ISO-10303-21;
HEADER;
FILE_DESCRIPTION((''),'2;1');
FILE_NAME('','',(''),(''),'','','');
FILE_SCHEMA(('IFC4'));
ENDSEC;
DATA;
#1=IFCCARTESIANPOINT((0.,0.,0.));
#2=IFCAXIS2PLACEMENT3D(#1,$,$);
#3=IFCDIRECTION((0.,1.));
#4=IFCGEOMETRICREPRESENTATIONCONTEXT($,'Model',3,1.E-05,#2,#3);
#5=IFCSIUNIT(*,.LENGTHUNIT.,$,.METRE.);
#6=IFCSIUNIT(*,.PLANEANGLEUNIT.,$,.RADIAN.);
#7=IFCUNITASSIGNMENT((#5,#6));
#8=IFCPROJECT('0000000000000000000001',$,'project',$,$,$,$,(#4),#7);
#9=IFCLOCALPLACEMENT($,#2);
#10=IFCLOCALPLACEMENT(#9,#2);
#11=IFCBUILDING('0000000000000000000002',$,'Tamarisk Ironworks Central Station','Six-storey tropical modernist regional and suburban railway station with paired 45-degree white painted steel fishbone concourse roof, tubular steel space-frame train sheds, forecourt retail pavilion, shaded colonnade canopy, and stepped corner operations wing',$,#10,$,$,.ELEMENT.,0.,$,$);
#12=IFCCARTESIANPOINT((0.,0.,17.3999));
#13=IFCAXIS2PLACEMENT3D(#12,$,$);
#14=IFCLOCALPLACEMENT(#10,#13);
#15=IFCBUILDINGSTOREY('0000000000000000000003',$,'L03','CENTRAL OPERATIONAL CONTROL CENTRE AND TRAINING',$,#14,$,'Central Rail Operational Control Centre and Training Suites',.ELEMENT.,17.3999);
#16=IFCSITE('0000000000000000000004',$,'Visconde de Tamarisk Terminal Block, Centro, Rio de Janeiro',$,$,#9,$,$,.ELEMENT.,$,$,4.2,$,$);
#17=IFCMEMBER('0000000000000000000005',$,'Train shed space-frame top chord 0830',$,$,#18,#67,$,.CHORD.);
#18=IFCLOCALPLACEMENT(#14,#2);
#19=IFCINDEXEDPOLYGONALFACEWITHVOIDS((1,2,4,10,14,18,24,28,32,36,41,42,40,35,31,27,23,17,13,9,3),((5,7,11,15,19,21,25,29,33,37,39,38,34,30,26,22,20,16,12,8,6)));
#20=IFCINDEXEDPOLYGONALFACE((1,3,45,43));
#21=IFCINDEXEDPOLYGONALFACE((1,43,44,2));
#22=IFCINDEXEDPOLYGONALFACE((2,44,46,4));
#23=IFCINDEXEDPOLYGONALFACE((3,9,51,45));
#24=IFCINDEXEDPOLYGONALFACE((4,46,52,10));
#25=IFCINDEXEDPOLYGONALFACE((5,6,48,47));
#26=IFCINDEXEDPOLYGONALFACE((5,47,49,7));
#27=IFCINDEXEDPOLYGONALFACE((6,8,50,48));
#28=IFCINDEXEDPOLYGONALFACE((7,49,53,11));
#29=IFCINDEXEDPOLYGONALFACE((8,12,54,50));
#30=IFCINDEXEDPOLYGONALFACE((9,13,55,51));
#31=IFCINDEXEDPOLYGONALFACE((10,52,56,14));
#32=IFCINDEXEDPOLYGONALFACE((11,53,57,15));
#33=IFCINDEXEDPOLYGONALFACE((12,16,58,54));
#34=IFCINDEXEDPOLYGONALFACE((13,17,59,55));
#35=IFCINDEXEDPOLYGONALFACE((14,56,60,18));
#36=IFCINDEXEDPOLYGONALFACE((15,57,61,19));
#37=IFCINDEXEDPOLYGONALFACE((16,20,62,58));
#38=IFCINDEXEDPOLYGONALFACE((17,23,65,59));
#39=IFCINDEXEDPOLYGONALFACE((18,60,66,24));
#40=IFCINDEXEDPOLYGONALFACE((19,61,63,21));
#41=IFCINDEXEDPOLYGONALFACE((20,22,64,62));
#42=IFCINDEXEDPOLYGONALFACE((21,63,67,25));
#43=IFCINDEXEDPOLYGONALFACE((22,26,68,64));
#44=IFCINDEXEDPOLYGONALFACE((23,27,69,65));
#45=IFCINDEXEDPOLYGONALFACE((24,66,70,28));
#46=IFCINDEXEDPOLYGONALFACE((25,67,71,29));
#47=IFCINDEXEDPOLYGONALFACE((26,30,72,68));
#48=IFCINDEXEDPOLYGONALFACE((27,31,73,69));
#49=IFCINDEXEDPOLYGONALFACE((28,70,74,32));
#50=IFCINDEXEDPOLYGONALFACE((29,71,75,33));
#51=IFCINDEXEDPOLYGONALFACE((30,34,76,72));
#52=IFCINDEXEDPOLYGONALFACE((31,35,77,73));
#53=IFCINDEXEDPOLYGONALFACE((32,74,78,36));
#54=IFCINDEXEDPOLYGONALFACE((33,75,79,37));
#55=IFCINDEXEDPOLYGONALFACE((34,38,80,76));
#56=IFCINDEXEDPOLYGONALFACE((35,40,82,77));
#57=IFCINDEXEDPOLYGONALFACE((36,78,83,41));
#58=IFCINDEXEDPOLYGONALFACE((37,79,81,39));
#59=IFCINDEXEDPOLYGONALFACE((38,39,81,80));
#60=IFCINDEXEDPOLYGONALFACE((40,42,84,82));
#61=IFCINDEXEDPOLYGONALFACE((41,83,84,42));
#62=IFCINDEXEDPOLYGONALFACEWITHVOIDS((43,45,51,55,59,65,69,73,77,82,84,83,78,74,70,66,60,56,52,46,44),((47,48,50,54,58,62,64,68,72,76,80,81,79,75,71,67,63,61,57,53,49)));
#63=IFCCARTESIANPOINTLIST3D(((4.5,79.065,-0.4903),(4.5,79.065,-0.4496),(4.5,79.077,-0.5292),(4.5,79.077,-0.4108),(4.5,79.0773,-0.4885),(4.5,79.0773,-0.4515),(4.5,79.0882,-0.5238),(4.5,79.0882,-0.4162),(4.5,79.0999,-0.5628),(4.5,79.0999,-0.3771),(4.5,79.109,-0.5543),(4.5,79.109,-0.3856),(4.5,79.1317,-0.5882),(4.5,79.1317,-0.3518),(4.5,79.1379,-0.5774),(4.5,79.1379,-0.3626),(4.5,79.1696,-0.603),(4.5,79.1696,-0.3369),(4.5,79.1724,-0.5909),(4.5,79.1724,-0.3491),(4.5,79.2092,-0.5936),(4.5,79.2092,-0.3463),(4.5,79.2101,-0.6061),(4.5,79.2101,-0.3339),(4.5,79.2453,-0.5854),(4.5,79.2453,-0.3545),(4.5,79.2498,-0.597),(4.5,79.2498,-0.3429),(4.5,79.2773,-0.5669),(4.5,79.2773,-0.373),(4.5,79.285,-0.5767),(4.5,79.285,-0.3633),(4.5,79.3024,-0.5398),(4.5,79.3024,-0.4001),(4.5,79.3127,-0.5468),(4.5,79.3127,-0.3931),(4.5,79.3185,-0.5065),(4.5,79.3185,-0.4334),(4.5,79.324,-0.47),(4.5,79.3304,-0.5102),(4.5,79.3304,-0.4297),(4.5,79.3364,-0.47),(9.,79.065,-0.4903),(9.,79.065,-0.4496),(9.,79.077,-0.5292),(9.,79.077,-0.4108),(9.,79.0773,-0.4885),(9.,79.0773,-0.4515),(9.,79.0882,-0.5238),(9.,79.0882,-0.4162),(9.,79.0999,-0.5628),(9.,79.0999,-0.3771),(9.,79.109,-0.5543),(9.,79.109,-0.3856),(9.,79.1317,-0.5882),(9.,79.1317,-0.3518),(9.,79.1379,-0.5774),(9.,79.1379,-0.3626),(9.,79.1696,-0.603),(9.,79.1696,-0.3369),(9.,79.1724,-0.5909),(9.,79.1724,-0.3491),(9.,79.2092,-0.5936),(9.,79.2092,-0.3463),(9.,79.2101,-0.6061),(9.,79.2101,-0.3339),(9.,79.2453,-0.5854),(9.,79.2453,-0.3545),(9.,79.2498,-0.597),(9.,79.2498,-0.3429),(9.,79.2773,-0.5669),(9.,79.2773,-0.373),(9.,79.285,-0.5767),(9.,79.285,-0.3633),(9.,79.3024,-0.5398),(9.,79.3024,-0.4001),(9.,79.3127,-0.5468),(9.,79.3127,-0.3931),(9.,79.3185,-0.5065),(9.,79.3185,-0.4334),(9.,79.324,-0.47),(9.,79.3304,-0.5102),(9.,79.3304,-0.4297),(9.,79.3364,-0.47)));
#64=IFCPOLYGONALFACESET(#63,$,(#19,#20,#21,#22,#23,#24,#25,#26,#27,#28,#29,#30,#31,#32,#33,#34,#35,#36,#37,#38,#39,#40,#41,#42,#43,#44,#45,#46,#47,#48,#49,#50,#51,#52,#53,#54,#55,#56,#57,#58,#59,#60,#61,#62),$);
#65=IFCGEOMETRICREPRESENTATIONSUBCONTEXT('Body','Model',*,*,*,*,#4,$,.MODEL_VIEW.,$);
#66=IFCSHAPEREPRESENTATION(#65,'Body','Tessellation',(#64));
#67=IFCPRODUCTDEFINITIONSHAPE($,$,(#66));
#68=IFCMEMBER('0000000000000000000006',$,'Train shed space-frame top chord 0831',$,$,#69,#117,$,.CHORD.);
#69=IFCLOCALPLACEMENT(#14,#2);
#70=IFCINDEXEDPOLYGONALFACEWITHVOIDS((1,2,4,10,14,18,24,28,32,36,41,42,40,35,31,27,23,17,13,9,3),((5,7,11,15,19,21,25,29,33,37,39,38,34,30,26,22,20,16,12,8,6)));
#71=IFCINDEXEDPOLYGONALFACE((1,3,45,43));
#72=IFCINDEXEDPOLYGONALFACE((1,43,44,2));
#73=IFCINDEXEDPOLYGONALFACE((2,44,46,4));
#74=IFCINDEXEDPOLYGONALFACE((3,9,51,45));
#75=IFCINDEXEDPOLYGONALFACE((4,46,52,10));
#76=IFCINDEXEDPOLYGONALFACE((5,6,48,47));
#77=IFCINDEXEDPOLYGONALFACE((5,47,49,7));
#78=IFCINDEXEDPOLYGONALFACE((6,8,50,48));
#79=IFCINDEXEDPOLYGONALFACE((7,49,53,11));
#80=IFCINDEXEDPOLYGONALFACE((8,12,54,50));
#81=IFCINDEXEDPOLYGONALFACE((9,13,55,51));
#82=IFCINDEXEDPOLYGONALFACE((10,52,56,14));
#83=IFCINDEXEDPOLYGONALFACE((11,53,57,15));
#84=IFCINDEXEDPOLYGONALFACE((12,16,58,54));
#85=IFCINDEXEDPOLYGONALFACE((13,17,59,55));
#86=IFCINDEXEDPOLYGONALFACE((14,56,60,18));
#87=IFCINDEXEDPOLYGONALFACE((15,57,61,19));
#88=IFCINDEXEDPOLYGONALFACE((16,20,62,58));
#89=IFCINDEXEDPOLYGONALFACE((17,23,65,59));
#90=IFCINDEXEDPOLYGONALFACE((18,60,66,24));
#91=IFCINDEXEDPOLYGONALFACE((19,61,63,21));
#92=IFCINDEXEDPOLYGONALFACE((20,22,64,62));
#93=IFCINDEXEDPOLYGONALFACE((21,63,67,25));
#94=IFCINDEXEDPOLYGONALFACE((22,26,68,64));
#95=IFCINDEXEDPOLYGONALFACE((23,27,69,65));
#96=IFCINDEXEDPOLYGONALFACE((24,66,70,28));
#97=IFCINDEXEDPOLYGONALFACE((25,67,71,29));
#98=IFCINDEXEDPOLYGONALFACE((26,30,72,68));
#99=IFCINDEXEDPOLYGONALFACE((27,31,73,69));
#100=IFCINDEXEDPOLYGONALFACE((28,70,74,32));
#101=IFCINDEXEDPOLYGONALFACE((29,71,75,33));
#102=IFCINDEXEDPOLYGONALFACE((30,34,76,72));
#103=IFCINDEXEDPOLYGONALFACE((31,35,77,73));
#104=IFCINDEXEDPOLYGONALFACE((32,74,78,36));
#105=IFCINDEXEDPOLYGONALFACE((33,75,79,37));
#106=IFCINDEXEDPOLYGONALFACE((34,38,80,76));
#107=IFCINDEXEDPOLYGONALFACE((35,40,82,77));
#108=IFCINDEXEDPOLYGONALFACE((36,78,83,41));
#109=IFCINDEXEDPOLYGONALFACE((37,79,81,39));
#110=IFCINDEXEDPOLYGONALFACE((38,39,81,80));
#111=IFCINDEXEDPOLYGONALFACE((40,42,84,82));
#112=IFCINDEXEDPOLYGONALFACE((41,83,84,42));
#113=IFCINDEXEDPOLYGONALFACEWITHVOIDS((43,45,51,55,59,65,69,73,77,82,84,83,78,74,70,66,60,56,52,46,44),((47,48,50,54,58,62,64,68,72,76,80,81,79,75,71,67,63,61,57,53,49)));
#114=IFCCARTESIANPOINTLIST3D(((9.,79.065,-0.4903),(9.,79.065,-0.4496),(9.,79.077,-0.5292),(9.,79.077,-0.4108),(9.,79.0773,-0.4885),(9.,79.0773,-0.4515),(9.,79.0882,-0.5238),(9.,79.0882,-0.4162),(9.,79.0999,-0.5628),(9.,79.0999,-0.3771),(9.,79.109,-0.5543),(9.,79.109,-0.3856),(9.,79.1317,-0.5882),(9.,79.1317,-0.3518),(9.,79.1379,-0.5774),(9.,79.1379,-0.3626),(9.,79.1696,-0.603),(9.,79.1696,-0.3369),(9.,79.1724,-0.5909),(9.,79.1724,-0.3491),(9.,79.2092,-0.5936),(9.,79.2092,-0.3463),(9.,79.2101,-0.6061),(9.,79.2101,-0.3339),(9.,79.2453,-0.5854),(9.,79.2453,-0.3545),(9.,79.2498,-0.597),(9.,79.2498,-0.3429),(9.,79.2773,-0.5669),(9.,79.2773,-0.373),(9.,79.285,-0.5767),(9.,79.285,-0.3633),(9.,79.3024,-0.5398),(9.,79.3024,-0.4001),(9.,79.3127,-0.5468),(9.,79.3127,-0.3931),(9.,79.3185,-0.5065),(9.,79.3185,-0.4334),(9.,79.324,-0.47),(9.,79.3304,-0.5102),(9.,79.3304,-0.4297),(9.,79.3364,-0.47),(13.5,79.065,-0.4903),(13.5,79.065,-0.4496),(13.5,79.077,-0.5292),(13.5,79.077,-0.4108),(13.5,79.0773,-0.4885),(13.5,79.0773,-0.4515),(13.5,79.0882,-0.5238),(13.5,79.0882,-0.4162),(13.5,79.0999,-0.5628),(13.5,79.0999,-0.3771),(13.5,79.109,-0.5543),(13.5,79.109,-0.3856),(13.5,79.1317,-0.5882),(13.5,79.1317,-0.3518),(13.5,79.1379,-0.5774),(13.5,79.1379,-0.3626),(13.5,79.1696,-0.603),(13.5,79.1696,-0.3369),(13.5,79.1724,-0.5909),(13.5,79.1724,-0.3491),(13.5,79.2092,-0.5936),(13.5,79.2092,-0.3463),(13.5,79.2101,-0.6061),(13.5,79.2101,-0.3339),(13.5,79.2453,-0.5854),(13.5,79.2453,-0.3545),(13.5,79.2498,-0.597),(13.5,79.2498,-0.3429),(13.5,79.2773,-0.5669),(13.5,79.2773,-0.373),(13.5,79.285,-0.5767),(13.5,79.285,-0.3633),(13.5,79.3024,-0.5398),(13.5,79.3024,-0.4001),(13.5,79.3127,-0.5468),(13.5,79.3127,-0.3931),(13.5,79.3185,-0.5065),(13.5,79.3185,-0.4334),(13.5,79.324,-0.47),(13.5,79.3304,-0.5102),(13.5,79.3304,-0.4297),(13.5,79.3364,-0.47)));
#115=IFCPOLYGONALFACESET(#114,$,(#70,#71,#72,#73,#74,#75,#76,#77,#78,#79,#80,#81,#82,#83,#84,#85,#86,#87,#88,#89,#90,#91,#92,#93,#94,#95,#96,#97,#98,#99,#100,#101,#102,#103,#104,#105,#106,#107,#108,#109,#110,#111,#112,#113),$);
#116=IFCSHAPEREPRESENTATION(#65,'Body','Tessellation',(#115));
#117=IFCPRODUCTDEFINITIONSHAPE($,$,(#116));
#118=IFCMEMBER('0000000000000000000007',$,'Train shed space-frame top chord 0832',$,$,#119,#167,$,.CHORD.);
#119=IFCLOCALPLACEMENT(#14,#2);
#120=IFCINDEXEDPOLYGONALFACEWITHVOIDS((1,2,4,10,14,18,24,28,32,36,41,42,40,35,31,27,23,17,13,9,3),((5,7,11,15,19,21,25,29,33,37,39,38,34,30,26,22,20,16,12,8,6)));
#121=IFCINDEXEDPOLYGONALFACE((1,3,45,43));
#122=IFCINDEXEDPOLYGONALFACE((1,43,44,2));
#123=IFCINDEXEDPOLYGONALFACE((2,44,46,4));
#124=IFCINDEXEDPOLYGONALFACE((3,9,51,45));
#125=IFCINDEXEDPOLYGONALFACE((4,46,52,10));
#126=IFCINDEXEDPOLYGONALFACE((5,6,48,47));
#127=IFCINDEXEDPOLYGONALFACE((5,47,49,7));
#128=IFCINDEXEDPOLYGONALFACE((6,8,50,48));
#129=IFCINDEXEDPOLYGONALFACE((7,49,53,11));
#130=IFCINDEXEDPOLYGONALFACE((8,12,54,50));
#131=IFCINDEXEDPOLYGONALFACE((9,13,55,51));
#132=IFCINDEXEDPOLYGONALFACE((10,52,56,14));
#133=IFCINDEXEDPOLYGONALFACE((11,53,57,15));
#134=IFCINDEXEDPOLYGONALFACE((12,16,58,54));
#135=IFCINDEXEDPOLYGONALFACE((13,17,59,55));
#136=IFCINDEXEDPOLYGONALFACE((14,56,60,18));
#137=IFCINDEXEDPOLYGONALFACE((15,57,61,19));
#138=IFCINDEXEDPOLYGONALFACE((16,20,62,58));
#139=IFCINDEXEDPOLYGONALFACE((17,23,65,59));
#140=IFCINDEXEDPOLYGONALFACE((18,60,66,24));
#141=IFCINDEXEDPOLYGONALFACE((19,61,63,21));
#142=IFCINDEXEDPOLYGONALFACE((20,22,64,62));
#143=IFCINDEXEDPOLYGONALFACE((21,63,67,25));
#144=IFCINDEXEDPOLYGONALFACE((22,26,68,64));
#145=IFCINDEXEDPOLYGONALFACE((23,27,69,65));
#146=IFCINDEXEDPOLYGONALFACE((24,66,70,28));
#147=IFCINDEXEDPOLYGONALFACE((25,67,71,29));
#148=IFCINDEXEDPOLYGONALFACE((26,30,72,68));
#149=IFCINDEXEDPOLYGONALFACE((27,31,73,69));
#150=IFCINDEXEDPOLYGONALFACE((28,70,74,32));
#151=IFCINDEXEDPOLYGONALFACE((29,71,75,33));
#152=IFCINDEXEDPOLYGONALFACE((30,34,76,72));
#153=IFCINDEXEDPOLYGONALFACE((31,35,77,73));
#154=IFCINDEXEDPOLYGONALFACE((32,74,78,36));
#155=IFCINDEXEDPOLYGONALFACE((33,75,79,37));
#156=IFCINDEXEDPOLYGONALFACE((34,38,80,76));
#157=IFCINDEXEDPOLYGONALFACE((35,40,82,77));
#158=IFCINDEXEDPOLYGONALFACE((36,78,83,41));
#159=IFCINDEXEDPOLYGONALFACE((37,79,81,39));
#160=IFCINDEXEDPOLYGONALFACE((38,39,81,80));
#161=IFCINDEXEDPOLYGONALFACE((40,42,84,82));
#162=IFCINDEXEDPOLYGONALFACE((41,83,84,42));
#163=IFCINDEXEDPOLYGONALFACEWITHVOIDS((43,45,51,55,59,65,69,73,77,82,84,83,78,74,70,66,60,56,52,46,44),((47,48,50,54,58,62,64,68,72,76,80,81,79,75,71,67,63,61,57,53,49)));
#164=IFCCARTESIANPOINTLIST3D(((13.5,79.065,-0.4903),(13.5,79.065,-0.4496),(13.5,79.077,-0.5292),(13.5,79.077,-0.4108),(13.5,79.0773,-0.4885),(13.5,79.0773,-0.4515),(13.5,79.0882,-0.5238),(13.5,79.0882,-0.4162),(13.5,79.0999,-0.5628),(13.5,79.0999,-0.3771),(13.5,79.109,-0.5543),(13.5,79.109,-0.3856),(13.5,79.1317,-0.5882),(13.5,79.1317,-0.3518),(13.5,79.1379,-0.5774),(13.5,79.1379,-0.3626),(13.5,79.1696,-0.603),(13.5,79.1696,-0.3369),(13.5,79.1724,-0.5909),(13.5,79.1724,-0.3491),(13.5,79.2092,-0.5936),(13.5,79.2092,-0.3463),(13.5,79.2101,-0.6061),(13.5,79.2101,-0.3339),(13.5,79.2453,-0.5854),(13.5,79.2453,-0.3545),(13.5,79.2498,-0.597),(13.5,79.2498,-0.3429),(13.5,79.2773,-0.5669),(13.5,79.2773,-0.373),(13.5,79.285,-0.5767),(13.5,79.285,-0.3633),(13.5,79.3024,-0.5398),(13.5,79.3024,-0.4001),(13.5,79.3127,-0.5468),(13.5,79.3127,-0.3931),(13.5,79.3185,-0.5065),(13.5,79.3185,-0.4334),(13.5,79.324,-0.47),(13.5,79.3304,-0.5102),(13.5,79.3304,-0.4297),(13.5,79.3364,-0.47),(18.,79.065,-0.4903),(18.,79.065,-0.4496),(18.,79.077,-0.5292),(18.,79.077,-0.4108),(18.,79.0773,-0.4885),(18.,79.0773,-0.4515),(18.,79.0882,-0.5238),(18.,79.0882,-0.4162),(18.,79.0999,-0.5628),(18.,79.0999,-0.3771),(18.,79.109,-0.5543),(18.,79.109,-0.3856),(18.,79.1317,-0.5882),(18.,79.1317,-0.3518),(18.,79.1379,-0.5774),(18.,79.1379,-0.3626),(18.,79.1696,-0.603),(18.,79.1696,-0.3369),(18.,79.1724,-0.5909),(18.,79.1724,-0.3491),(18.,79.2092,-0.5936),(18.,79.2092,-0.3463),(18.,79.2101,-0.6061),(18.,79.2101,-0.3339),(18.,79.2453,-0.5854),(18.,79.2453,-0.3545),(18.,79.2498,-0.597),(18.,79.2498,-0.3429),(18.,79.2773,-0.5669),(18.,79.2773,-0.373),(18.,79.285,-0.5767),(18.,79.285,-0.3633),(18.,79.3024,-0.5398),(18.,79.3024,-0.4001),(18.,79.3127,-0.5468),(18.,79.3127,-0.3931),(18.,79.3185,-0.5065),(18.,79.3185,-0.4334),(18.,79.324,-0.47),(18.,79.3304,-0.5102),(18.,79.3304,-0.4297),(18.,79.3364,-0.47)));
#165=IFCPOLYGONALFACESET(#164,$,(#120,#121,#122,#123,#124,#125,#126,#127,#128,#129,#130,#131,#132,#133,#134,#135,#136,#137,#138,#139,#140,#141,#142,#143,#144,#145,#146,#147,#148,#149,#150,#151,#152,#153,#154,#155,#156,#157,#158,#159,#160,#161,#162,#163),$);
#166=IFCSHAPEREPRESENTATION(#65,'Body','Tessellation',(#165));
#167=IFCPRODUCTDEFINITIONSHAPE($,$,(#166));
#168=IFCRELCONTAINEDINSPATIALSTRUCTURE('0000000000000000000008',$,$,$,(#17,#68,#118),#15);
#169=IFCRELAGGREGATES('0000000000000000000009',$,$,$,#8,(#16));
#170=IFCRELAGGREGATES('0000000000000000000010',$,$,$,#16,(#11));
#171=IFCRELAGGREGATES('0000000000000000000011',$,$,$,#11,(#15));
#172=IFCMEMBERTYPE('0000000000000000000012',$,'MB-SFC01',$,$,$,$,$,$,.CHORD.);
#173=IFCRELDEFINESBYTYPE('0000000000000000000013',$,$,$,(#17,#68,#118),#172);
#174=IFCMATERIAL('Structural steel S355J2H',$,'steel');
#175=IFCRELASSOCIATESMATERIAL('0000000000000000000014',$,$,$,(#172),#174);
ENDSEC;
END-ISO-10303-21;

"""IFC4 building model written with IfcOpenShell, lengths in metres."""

from ifc_helpers import new_model, si_unit, direction, frame, origin, origin_2d, place, context, subcontext, project, spatial, hollow_circle, extrude, material, material_profile, profile_set, type_object, element, save


model = new_model("IFC4")

# Units and contexts
model_context = context("Model", 3, precision=1e-05, world=origin(), true_north=direction((0.0, 1.0)))
body_context = subcontext(model_context, "Body", "Model", "MODEL_VIEW")
ifc_project = project(units=[si_unit("LENGTHUNIT", "METRE"), si_unit("PLANEANGLEUNIT", "RADIAN")], contexts=[model_context])

# Site, building, storey
site_placement = place(None, origin())
site = spatial("IfcSite", under=ifc_project, at=site_placement, Name="Visconde de Tamarisk Terminal Block, Centro, Rio de Janeiro", CompositionType="ELEMENT", RefElevation=4.2)
building_placement = place(site_placement, origin())
building = spatial("IfcBuilding", under=site, at=building_placement, Name="Tamarisk Ironworks Central Station", Description="Six-storey tropical modernist regional and suburban railway station with paired 45-degree white painted steel fishbone concourse roof, tubular steel space-frame train sheds, forecourt retail pavilion, shaded colonnade canopy, and stepped corner operations wing", CompositionType="ELEMENT", ElevationOfRefHeight=0.0)
storey_placement = place(building_placement, frame((0.0, 0.0, 17.3999)))
storey = spatial("IfcBuildingStorey", under=building, at=storey_placement, Name="L03", Description="CENTRAL OPERATIONAL CONTROL CENTRE AND TRAINING", LongName="Central Rail Operational Control Centre and Training Suites", CompositionType="ELEMENT", Elevation=17.3999)

# Members
ifc_material_1 = material(Name="Structural steel S355J2H", Category="steel")
ifc_material_profile_1 = material_profile(ifc_material_1, hollow_circle(Radius=0.1365, WallThickness=0.0125, at=origin_2d()), Name="CHS 273x12.5")
ifc_profile_set_1 = profile_set([ifc_material_profile_1], Name="Structural steel S355J2H")
member_type_1 = type_object("IfcMemberType", Name="MB-SFC01", PredefinedType="CHORD", material=ifc_profile_set_1)
for number, where, z_axis, x_axis, name in (
    (1, (4.5, 79.2, -0.47), (1.0, 0.0, 0.0), (0.0, 1.0, 0.0), "Train shed space-frame top chord 0830"),
    (2, (9.0, 79.2, -0.47), (1.0, 0.0, 0.0), (0.0, 1.0, 0.0), "Train shed space-frame top chord 0831"),
    (3, (13.5, 79.2, -0.47), (1.0, 0.0, 0.0), (0.0, 1.0, 0.0), "Train shed space-frame top chord 0832"),
):
    element("IfcMember", number, at=place(storey_placement, frame(where, z_axis=z_axis, x_axis=x_axis)), inside=storey, type_object=member_type_1, Name=name, PredefinedType="CHORD", context=body_context, shape_type="SweptSolid", body=[
        extrude(hollow_circle(Radius=0.1365, WallThickness=0.0125, at=origin_2d()), origin(), (0.0, 0.0, 1.0), 4.5),
    ])

save(model, "model.ifc")
